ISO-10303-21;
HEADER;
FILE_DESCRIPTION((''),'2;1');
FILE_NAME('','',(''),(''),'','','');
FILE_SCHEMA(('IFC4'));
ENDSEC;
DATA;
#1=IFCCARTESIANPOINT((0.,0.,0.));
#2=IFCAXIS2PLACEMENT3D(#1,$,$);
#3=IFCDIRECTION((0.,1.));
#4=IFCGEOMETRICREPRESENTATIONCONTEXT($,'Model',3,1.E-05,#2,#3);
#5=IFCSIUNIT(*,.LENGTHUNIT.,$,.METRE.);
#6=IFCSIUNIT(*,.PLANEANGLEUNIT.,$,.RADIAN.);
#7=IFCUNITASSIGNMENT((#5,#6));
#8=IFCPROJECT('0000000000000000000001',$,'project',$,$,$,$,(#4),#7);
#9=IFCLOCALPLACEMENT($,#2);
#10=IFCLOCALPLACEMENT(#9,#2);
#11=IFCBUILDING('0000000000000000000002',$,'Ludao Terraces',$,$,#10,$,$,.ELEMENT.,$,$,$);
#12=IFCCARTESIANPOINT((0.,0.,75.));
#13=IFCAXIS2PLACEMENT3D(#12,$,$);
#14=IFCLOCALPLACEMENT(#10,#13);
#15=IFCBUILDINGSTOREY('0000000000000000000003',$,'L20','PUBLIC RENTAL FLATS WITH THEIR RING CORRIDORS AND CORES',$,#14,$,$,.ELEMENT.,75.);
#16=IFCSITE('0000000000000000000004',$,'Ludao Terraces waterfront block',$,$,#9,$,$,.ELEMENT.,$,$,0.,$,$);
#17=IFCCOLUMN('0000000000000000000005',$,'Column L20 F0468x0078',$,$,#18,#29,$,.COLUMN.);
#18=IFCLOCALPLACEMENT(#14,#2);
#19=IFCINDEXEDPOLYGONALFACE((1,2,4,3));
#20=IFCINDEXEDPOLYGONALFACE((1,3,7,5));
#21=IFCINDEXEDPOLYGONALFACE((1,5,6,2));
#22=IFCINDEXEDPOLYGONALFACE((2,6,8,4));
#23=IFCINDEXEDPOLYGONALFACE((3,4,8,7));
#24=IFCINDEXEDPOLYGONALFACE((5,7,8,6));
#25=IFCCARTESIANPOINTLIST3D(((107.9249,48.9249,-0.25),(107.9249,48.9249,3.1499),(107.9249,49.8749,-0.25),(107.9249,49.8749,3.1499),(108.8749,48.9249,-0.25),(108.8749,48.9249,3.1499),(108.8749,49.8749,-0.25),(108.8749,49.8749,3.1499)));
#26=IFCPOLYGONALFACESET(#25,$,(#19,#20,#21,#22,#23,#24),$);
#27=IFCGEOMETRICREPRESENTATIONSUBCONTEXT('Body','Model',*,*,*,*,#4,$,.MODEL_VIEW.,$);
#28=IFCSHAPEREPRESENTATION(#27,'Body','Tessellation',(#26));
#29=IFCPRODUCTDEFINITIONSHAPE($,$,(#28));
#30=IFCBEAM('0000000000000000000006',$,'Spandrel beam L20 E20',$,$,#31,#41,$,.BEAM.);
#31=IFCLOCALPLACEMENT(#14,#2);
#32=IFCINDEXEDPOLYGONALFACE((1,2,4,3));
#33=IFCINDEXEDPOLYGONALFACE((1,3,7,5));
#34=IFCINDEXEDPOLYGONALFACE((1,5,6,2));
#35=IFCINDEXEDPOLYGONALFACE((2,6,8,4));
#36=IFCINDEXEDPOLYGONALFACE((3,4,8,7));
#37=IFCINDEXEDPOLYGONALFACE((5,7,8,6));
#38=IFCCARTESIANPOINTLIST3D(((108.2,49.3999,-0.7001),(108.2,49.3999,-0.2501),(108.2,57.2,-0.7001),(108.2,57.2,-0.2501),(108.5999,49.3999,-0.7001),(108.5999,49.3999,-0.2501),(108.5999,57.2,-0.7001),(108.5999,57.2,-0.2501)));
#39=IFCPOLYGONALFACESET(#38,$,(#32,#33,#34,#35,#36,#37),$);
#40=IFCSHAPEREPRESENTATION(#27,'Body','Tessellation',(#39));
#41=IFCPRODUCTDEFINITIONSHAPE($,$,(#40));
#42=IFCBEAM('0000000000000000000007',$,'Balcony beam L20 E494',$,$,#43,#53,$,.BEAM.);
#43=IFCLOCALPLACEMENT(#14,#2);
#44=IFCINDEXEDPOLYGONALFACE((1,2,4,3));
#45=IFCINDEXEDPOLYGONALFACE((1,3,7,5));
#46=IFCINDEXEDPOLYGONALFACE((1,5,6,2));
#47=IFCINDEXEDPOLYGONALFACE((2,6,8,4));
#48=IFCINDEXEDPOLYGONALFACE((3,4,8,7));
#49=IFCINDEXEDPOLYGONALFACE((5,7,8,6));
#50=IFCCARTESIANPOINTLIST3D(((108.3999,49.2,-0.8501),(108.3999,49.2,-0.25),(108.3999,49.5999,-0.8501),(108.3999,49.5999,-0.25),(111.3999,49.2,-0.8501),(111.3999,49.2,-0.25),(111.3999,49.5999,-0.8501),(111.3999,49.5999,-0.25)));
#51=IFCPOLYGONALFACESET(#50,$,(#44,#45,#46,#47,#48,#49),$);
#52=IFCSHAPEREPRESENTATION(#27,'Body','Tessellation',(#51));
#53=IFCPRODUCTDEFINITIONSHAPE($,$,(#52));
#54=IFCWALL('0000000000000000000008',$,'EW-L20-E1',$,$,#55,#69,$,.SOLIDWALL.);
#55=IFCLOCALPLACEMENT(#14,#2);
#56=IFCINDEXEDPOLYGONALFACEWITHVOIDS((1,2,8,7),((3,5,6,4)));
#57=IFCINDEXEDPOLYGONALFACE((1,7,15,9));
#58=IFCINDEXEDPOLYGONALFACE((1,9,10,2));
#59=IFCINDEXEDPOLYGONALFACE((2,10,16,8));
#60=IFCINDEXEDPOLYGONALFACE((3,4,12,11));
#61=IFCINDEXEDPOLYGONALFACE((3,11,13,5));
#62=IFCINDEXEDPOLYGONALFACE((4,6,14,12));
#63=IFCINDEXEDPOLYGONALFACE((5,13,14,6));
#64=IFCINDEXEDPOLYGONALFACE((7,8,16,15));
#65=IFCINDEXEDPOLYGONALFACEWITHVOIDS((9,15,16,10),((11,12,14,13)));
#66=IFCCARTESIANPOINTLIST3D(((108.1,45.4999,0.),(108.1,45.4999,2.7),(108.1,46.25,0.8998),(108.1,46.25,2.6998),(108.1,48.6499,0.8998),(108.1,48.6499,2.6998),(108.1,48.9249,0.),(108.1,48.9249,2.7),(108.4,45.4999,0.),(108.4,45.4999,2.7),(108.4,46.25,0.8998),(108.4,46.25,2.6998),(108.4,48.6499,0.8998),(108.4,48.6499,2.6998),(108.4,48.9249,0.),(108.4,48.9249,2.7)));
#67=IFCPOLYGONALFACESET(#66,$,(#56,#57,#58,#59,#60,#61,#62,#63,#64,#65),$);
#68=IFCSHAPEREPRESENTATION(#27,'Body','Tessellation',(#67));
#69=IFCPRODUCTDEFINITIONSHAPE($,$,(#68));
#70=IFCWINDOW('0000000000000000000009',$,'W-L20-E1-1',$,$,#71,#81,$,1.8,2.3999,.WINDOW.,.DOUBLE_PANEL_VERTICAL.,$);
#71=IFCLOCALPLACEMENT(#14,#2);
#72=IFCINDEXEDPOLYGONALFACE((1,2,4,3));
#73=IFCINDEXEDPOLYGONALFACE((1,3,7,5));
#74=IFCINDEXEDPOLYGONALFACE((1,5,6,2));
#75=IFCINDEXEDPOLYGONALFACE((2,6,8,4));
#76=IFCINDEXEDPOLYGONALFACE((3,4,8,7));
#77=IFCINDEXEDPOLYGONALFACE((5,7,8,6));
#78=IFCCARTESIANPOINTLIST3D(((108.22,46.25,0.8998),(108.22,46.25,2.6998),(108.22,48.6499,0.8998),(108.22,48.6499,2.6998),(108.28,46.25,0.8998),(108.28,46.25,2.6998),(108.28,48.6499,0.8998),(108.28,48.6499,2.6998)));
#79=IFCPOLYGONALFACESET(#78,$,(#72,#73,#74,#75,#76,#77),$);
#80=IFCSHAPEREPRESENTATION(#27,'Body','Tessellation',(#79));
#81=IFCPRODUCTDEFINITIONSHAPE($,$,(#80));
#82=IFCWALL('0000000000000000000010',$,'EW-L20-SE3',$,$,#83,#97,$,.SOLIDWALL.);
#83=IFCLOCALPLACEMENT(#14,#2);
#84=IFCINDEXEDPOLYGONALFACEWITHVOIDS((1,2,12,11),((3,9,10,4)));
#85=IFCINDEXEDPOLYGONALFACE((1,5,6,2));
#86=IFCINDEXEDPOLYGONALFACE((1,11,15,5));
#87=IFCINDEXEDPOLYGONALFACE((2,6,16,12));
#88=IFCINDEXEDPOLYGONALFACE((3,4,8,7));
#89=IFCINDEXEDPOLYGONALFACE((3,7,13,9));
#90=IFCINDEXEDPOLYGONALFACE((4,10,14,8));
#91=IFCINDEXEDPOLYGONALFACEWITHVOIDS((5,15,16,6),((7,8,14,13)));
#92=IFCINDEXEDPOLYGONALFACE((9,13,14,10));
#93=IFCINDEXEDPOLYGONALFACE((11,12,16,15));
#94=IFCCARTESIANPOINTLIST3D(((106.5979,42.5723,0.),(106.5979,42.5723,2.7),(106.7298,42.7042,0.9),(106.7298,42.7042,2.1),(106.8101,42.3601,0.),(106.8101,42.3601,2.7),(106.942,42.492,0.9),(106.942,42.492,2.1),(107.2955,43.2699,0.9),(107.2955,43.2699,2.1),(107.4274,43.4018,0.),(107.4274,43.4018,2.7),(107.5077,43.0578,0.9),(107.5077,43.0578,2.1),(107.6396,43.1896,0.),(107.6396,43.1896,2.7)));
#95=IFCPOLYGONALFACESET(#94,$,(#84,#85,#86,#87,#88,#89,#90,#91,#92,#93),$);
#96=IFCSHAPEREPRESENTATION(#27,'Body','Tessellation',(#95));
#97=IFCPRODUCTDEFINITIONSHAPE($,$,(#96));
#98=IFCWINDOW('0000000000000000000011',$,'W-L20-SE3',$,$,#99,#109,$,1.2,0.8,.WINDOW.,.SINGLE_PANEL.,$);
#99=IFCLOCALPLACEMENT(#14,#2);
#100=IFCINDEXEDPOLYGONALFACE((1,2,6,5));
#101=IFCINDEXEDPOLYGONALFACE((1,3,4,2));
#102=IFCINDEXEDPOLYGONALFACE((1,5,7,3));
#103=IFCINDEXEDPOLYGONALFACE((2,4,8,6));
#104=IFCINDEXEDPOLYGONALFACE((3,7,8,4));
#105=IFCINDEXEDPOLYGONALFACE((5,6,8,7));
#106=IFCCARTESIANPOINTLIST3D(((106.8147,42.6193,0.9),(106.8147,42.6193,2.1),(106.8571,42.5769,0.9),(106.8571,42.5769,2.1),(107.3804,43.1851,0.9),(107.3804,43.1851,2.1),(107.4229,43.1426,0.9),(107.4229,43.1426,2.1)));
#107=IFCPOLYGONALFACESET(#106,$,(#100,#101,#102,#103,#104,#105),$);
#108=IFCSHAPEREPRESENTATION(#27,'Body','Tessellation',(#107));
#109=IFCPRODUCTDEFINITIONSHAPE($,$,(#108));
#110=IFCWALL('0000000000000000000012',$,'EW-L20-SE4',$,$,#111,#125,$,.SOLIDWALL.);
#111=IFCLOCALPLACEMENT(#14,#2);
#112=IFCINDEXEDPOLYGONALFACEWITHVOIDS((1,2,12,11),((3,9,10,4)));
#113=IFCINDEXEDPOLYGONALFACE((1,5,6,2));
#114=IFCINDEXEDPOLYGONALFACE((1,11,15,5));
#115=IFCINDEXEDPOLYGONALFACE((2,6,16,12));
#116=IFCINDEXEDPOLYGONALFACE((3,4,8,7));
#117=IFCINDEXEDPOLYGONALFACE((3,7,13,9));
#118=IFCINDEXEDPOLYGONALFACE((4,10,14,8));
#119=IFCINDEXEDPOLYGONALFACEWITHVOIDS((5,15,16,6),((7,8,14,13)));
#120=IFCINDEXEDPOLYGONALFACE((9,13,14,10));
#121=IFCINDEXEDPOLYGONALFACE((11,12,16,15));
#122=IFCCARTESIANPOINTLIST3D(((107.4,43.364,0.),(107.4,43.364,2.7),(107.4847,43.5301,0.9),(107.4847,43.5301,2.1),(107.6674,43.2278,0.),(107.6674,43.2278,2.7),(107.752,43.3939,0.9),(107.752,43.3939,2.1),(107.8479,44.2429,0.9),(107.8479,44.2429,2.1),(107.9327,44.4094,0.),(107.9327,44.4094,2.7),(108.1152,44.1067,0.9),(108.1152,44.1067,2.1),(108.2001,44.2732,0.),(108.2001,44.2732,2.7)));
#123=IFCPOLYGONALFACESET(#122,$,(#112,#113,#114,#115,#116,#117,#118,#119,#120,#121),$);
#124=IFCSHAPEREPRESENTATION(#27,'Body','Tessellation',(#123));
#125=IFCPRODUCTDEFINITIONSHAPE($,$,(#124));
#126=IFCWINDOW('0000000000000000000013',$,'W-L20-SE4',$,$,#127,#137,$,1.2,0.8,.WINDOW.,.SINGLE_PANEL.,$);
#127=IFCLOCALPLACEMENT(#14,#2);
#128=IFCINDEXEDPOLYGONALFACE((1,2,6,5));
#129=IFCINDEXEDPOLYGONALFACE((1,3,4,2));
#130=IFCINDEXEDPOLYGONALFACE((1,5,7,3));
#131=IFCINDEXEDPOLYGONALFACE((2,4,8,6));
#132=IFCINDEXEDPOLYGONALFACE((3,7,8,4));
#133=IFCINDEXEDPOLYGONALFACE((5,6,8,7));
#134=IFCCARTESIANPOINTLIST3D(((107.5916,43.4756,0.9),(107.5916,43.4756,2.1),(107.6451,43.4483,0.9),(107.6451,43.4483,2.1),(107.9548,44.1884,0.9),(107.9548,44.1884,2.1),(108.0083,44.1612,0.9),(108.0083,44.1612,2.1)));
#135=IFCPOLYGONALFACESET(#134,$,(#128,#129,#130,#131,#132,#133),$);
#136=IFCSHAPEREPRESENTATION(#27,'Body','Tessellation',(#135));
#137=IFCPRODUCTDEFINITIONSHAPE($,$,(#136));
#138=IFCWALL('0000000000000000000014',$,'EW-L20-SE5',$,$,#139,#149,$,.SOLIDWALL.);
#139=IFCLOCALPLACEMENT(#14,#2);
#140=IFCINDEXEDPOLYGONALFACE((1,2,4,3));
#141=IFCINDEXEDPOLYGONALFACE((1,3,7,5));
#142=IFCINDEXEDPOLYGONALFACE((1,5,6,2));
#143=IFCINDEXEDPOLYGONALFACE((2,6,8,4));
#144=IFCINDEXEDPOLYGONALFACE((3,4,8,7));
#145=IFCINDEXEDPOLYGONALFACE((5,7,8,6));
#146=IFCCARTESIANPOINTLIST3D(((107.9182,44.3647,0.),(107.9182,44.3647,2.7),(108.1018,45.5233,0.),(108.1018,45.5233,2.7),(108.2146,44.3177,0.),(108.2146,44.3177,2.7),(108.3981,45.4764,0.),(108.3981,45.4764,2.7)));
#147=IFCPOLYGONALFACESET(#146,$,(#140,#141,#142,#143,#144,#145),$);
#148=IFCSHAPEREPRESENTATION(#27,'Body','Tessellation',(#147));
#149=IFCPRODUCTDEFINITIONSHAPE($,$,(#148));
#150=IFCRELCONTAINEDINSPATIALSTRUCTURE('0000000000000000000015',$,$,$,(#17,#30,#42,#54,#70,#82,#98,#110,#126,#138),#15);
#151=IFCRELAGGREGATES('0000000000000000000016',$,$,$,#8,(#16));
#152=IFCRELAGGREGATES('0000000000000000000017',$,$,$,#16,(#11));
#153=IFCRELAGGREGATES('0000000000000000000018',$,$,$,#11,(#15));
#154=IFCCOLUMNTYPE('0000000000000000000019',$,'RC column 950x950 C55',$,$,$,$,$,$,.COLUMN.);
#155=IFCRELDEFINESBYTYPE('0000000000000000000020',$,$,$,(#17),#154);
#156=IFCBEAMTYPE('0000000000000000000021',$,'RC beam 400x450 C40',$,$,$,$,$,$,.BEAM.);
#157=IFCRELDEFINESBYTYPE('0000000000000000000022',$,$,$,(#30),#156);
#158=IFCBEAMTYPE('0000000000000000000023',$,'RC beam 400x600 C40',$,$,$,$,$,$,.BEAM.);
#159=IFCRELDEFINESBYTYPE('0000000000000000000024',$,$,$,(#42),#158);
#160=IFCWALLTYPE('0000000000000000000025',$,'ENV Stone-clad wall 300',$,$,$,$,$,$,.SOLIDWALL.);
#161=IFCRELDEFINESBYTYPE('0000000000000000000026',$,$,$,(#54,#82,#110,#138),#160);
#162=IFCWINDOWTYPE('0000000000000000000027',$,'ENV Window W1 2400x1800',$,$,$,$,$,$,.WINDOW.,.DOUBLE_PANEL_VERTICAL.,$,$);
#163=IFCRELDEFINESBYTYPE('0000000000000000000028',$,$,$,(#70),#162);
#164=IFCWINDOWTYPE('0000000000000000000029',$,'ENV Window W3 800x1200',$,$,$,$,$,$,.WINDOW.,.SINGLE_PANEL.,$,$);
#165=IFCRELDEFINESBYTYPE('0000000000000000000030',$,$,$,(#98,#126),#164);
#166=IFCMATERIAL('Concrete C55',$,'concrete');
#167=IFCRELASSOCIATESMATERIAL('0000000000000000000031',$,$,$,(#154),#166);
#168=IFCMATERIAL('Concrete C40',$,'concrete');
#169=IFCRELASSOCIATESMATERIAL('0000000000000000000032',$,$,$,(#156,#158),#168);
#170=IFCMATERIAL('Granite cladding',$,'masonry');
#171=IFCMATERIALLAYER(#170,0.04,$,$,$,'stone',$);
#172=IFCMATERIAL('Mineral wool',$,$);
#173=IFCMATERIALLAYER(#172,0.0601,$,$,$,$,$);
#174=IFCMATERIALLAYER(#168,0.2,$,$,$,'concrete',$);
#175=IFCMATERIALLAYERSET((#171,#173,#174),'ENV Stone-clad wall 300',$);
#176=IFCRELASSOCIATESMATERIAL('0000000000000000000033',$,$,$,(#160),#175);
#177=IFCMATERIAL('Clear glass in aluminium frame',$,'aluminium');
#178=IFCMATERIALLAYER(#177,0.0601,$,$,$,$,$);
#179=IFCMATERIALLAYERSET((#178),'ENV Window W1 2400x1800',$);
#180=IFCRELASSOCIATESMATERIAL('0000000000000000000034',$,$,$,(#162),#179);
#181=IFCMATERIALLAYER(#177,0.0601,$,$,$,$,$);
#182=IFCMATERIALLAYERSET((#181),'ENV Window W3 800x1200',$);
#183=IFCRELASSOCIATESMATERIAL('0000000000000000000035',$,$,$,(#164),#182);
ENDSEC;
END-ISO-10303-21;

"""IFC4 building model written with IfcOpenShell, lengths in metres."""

from ifc_helpers import new_model, si_unit, direction, frame, frame_2d, origin, origin_2d, place, context, subcontext, project, spatial, rectangle, extrude, material, layer, layer_set, material_profile, profile_set, type_object, element, fill, save


model = new_model("IFC4")

# Units and contexts
model_context = context("Model", 3, precision=1e-05, world=origin(), true_north=direction((0.0, 1.0)))
body_context = subcontext(model_context, "Body", "Model", "MODEL_VIEW")
ifc_project = project(units=[si_unit("LENGTHUNIT", "METRE"), si_unit("PLANEANGLEUNIT", "RADIAN")], contexts=[model_context])

# Site, building, storey
site_placement = place(None, origin())
site = spatial("IfcSite", under=ifc_project, at=site_placement, Name="Ludao Terraces waterfront block", CompositionType="ELEMENT", RefElevation=0.0)
building_placement = place(site_placement, origin())
building = spatial("IfcBuilding", under=site, at=building_placement, Name="Ludao Terraces", CompositionType="ELEMENT")
storey_placement = place(building_placement, frame((0.0, 0.0, 75.0)))
storey = spatial("IfcBuildingStorey", under=building, at=storey_placement, Name="L20", Description="PUBLIC RENTAL FLATS WITH THEIR RING CORRIDORS AND CORES", CompositionType="ELEMENT", Elevation=75.0)

# Column
ifc_material_1 = material(Name="Concrete C55", Category="concrete")
ifc_material_profile_1 = material_profile(ifc_material_1, rectangle(XDim=0.95, YDim=0.95, at=origin_2d()), Name="950 X 950")
ifc_profile_set_1 = profile_set([ifc_material_profile_1], Name="Concrete C55")
column_type = type_object("IfcColumnType", Name="RC column 950x950 C55", PredefinedType="COLUMN", material=ifc_profile_set_1)
column_placement = place(storey_placement, frame((108.3999, 49.3999, -0.25), z_axis=(0.0, 0.0, 1.0), x_axis=(1.0, 0.0, 0.0)))
element("IfcColumn", 1, at=column_placement, inside=storey, type_object=column_type, Name="Column L20 F0468x0078", PredefinedType="COLUMN", context=body_context, shape_type="SweptSolid", body=[
    extrude(rectangle(XDim=0.95, YDim=0.95, at=origin_2d()), origin(), (0.0, 0.0, 1.0), 3.3999),
])

# Beams
ifc_material_2 = material(Name="Concrete C40", Category="concrete")
ifc_material_profile_2 = material_profile(ifc_material_2, rectangle(XDim=0.3999, YDim=0.45, at=origin_2d()), Name="400 X 450")
ifc_profile_set_2 = profile_set([ifc_material_profile_2], Name="Concrete C40")
beam_type_1 = type_object("IfcBeamType", Name="RC beam 400x450 C40", PredefinedType="BEAM", material=ifc_profile_set_2)
beam_1_placement = place(storey_placement, frame((108.3999, 49.3999, -0.4751), z_axis=(0.0, 1.0, 0.0), x_axis=(-1.0, 0.0, 0.0)))
element("IfcBeam", 2, at=beam_1_placement, inside=storey, type_object=beam_type_1, Name="Spandrel beam L20 E20", PredefinedType="BEAM", context=body_context, shape_type="SweptSolid", body=[
    extrude(rectangle(XDim=0.3999, YDim=0.45, at=origin_2d()), origin(), (0.0, 0.0, 1.0), 7.8),
])
ifc_material_profile_3 = material_profile(ifc_material_2, rectangle(XDim=0.3999, YDim=0.6001, at=origin_2d()), Name="400 X 600")
ifc_profile_set_3 = profile_set([ifc_material_profile_3], Name="Concrete C40")
beam_type_2 = type_object("IfcBeamType", Name="RC beam 400x600 C40", PredefinedType="BEAM", material=ifc_profile_set_3)
beam_2_placement = place(storey_placement, frame((108.3999, 49.3999, -0.55), z_axis=(1.0, 0.0, 0.0), x_axis=(0.0, 1.0, 0.0)))
element("IfcBeam", 3, at=beam_2_placement, inside=storey, type_object=beam_type_2, Name="Balcony beam L20 E494", PredefinedType="BEAM", context=body_context, shape_type="SweptSolid", body=[
    extrude(rectangle(XDim=0.3999, YDim=0.6001, at=origin_2d()), origin(), (0.0, 0.0, 1.0), 3.0),
])

# Walls, openings, windows
ifc_material_3 = material(Name="Granite cladding", Category="masonry")
ifc_layer_1 = layer(ifc_material_3, 0.04, Category="stone")
ifc_material_4 = material(Name="Mineral wool")
ifc_layer_2 = layer(ifc_material_4, 0.0601)
ifc_layer_3 = layer(ifc_material_2, 0.2, Category="concrete")
ifc_layer_set_1 = layer_set([ifc_layer_1, ifc_layer_2, ifc_layer_3], Name="ENV Stone-clad wall 300")
wall_type = type_object("IfcWallType", Name="ENV Stone-clad wall 300", PredefinedType="SOLIDWALL", material=ifc_layer_set_1)
wall_1_placement = place(storey_placement, frame((108.25, 45.5, 0.0), z_axis=(0.0, 0.0, 1.0), x_axis=(0.0, 1.0, 0.0)))
wall_1 = element("IfcWall", 4, at=wall_1_placement, inside=storey, type_object=wall_type, Name="EW-L20-E1", PredefinedType="SOLIDWALL", context=body_context, shape_type="SweptSolid", body=[
    extrude(rectangle(XDim=3.425, YDim=0.3, at=frame_2d((1.7124, 0.0))), origin(), (0.0, 0.0, 1.0), 2.7),
])
opening_1_placement = place(wall_1_placement, frame((0.75, 0.0, 0.8999)))
opening_1 = element("IfcOpeningElement", 5, at=opening_1_placement, cuts=wall_1, PredefinedType="OPENING", context=body_context, shape_type="SweptSolid", body=[
    extrude(rectangle(XDim=2.3999, YDim=1.8, at=frame_2d((1.2, 0.8999))), frame((0.0, 0.1602, 0.0), z_axis=(0.0, -1.0, 0.0), x_axis=(1.0, 0.0, 0.0)), (0.0, 0.0, 1.0), 0.3201),
])
ifc_material_5 = material(Name="Clear glass in aluminium frame", Category="aluminium")
ifc_layer_4 = layer(ifc_material_5, 0.0601)
ifc_layer_set_2 = layer_set([ifc_layer_4], Name="ENV Window W1 2400x1800")
window_type_1 = type_object("IfcWindowType", Name="ENV Window W1 2400x1800", PartitioningType="DOUBLE_PANEL_VERTICAL", PredefinedType="WINDOW", material=ifc_layer_set_2)
window_1_placement = place(opening_1_placement, origin())
window_1 = element("IfcWindow", 6, at=window_1_placement, inside=storey, type_object=window_type_1, Name="W-L20-E1-1", OverallHeight=1.8, OverallWidth=2.3999, PartitioningType="DOUBLE_PANEL_VERTICAL", PredefinedType="WINDOW", context=body_context, shape_type="SweptSolid", body=[
    extrude(rectangle(XDim=2.3999, YDim=1.8, at=frame_2d((1.2, 0.8999))), frame((0.0, 0.03, 0.0), z_axis=(0.0, -1.0, 0.0), x_axis=(1.0, 0.0, 0.0)), (0.0, 0.0, 1.0), 0.0601),
])
fill(opening_1, window_1)
wall_2_placement = place(storey_placement, frame((106.7041, 42.4663, 0.0), z_axis=(0.0, 0.0, 1.0), x_axis=(0.707107, 0.707107, 0.0)))
wall_2 = element("IfcWall", 7, at=wall_2_placement, inside=storey, type_object=wall_type, Name="EW-L20-SE3", PredefinedType="SOLIDWALL", context=body_context, shape_type="SweptSolid", body=[
    extrude(rectangle(XDim=1.1731, YDim=0.3, at=frame_2d((0.5864, 0.0))), origin(), (0.0, 0.0, 1.0), 2.7),
])
opening_2_placement = place(wall_2_placement, frame((0.1865, 0.0, 0.8999)))
opening_2 = element("IfcOpeningElement", 8, at=opening_2_placement, cuts=wall_2, PredefinedType="OPENING", context=body_context, shape_type="SweptSolid", body=[
    extrude(rectangle(XDim=0.8, YDim=1.2, at=frame_2d((0.3999, 0.6001))), frame((0.0, 0.1602, 0.0), z_axis=(0.0, -1.0, 0.0), x_axis=(1.0, 0.0, 0.0)), (0.0, 0.0, 1.0), 0.3201),
])
ifc_layer_5 = layer(ifc_material_5, 0.0601)
ifc_layer_set_3 = layer_set([ifc_layer_5], Name="ENV Window W3 800x1200")
window_type_2 = type_object("IfcWindowType", Name="ENV Window W3 800x1200", PartitioningType="SINGLE_PANEL", PredefinedType="WINDOW", material=ifc_layer_set_3)
window_2_placement = place(opening_2_placement, origin())
window_2 = element("IfcWindow", 9, at=window_2_placement, inside=storey, type_object=window_type_2, Name="W-L20-SE3", OverallHeight=1.2, OverallWidth=0.8, PartitioningType="SINGLE_PANEL", PredefinedType="WINDOW", context=body_context, shape_type="SweptSolid", body=[
    extrude(rectangle(XDim=0.8, YDim=1.2, at=frame_2d((0.3999, 0.6001))), frame((0.0, 0.03, 0.0), z_axis=(0.0, -1.0, 0.0), x_axis=(1.0, 0.0, 0.0)), (0.0, 0.0, 1.0), 0.0601),
])
fill(opening_2, window_2)
wall_3_placement = place(storey_placement, frame((107.5337, 43.2959, 0.0), z_axis=(0.0, 0.0, 1.0), x_axis=(0.454026, 0.890989, 0.0)))
wall_3 = element("IfcWall", 10, at=wall_3_placement, inside=storey, type_object=wall_type, Name="EW-L20-SE4", PredefinedType="SOLIDWALL", context=body_context, shape_type="SweptSolid", body=[
    extrude(rectangle(XDim=1.1733, YDim=0.3, at=frame_2d((0.5867, 0.0))), origin(), (0.0, 0.0, 1.0), 2.7),
])
opening_3_placement = place(wall_3_placement, frame((0.1865, 0.0, 0.8999)))
opening_3 = element("IfcOpeningElement", 11, at=opening_3_placement, cuts=wall_3, PredefinedType="OPENING", context=body_context, shape_type="SweptSolid", body=[
    extrude(rectangle(XDim=0.8, YDim=1.2, at=frame_2d((0.3999, 0.6001))), frame((0.0, 0.1602, 0.0), z_axis=(0.0, -1.0, 0.0), x_axis=(1.0, 0.0, 0.0)), (0.0, 0.0, 1.0), 0.3201),
])
window_3_placement = place(opening_3_placement, origin())
window_3 = element("IfcWindow", 12, at=window_3_placement, inside=storey, type_object=window_type_2, Name="W-L20-SE4", OverallHeight=1.2, OverallWidth=0.8, PartitioningType="SINGLE_PANEL", PredefinedType="WINDOW", context=body_context, shape_type="SweptSolid", body=[
    extrude(rectangle(XDim=0.8, YDim=1.2, at=frame_2d((0.3999, 0.6001))), frame((0.0, 0.03, 0.0), z_axis=(0.0, -1.0, 0.0), x_axis=(1.0, 0.0, 0.0)), (0.0, 0.0, 1.0), 0.0601),
])
fill(opening_3, window_3)

# Wall
wall_4_placement = place(storey_placement, frame((108.0664, 44.3413, 0.0), z_axis=(0.0, 0.0, 1.0), x_axis=(0.156497, 0.987678, 0.0)))
element("IfcWall", 13, at=wall_4_placement, inside=storey, type_object=wall_type, Name="EW-L20-SE5", PredefinedType="SOLIDWALL", context=body_context, shape_type="SweptSolid", body=[
    extrude(rectangle(XDim=1.1731, YDim=0.3, at=frame_2d((0.5864, 0.0))), origin(), (0.0, 0.0, 1.0), 2.7),
])

save(model, "model.ifc")
